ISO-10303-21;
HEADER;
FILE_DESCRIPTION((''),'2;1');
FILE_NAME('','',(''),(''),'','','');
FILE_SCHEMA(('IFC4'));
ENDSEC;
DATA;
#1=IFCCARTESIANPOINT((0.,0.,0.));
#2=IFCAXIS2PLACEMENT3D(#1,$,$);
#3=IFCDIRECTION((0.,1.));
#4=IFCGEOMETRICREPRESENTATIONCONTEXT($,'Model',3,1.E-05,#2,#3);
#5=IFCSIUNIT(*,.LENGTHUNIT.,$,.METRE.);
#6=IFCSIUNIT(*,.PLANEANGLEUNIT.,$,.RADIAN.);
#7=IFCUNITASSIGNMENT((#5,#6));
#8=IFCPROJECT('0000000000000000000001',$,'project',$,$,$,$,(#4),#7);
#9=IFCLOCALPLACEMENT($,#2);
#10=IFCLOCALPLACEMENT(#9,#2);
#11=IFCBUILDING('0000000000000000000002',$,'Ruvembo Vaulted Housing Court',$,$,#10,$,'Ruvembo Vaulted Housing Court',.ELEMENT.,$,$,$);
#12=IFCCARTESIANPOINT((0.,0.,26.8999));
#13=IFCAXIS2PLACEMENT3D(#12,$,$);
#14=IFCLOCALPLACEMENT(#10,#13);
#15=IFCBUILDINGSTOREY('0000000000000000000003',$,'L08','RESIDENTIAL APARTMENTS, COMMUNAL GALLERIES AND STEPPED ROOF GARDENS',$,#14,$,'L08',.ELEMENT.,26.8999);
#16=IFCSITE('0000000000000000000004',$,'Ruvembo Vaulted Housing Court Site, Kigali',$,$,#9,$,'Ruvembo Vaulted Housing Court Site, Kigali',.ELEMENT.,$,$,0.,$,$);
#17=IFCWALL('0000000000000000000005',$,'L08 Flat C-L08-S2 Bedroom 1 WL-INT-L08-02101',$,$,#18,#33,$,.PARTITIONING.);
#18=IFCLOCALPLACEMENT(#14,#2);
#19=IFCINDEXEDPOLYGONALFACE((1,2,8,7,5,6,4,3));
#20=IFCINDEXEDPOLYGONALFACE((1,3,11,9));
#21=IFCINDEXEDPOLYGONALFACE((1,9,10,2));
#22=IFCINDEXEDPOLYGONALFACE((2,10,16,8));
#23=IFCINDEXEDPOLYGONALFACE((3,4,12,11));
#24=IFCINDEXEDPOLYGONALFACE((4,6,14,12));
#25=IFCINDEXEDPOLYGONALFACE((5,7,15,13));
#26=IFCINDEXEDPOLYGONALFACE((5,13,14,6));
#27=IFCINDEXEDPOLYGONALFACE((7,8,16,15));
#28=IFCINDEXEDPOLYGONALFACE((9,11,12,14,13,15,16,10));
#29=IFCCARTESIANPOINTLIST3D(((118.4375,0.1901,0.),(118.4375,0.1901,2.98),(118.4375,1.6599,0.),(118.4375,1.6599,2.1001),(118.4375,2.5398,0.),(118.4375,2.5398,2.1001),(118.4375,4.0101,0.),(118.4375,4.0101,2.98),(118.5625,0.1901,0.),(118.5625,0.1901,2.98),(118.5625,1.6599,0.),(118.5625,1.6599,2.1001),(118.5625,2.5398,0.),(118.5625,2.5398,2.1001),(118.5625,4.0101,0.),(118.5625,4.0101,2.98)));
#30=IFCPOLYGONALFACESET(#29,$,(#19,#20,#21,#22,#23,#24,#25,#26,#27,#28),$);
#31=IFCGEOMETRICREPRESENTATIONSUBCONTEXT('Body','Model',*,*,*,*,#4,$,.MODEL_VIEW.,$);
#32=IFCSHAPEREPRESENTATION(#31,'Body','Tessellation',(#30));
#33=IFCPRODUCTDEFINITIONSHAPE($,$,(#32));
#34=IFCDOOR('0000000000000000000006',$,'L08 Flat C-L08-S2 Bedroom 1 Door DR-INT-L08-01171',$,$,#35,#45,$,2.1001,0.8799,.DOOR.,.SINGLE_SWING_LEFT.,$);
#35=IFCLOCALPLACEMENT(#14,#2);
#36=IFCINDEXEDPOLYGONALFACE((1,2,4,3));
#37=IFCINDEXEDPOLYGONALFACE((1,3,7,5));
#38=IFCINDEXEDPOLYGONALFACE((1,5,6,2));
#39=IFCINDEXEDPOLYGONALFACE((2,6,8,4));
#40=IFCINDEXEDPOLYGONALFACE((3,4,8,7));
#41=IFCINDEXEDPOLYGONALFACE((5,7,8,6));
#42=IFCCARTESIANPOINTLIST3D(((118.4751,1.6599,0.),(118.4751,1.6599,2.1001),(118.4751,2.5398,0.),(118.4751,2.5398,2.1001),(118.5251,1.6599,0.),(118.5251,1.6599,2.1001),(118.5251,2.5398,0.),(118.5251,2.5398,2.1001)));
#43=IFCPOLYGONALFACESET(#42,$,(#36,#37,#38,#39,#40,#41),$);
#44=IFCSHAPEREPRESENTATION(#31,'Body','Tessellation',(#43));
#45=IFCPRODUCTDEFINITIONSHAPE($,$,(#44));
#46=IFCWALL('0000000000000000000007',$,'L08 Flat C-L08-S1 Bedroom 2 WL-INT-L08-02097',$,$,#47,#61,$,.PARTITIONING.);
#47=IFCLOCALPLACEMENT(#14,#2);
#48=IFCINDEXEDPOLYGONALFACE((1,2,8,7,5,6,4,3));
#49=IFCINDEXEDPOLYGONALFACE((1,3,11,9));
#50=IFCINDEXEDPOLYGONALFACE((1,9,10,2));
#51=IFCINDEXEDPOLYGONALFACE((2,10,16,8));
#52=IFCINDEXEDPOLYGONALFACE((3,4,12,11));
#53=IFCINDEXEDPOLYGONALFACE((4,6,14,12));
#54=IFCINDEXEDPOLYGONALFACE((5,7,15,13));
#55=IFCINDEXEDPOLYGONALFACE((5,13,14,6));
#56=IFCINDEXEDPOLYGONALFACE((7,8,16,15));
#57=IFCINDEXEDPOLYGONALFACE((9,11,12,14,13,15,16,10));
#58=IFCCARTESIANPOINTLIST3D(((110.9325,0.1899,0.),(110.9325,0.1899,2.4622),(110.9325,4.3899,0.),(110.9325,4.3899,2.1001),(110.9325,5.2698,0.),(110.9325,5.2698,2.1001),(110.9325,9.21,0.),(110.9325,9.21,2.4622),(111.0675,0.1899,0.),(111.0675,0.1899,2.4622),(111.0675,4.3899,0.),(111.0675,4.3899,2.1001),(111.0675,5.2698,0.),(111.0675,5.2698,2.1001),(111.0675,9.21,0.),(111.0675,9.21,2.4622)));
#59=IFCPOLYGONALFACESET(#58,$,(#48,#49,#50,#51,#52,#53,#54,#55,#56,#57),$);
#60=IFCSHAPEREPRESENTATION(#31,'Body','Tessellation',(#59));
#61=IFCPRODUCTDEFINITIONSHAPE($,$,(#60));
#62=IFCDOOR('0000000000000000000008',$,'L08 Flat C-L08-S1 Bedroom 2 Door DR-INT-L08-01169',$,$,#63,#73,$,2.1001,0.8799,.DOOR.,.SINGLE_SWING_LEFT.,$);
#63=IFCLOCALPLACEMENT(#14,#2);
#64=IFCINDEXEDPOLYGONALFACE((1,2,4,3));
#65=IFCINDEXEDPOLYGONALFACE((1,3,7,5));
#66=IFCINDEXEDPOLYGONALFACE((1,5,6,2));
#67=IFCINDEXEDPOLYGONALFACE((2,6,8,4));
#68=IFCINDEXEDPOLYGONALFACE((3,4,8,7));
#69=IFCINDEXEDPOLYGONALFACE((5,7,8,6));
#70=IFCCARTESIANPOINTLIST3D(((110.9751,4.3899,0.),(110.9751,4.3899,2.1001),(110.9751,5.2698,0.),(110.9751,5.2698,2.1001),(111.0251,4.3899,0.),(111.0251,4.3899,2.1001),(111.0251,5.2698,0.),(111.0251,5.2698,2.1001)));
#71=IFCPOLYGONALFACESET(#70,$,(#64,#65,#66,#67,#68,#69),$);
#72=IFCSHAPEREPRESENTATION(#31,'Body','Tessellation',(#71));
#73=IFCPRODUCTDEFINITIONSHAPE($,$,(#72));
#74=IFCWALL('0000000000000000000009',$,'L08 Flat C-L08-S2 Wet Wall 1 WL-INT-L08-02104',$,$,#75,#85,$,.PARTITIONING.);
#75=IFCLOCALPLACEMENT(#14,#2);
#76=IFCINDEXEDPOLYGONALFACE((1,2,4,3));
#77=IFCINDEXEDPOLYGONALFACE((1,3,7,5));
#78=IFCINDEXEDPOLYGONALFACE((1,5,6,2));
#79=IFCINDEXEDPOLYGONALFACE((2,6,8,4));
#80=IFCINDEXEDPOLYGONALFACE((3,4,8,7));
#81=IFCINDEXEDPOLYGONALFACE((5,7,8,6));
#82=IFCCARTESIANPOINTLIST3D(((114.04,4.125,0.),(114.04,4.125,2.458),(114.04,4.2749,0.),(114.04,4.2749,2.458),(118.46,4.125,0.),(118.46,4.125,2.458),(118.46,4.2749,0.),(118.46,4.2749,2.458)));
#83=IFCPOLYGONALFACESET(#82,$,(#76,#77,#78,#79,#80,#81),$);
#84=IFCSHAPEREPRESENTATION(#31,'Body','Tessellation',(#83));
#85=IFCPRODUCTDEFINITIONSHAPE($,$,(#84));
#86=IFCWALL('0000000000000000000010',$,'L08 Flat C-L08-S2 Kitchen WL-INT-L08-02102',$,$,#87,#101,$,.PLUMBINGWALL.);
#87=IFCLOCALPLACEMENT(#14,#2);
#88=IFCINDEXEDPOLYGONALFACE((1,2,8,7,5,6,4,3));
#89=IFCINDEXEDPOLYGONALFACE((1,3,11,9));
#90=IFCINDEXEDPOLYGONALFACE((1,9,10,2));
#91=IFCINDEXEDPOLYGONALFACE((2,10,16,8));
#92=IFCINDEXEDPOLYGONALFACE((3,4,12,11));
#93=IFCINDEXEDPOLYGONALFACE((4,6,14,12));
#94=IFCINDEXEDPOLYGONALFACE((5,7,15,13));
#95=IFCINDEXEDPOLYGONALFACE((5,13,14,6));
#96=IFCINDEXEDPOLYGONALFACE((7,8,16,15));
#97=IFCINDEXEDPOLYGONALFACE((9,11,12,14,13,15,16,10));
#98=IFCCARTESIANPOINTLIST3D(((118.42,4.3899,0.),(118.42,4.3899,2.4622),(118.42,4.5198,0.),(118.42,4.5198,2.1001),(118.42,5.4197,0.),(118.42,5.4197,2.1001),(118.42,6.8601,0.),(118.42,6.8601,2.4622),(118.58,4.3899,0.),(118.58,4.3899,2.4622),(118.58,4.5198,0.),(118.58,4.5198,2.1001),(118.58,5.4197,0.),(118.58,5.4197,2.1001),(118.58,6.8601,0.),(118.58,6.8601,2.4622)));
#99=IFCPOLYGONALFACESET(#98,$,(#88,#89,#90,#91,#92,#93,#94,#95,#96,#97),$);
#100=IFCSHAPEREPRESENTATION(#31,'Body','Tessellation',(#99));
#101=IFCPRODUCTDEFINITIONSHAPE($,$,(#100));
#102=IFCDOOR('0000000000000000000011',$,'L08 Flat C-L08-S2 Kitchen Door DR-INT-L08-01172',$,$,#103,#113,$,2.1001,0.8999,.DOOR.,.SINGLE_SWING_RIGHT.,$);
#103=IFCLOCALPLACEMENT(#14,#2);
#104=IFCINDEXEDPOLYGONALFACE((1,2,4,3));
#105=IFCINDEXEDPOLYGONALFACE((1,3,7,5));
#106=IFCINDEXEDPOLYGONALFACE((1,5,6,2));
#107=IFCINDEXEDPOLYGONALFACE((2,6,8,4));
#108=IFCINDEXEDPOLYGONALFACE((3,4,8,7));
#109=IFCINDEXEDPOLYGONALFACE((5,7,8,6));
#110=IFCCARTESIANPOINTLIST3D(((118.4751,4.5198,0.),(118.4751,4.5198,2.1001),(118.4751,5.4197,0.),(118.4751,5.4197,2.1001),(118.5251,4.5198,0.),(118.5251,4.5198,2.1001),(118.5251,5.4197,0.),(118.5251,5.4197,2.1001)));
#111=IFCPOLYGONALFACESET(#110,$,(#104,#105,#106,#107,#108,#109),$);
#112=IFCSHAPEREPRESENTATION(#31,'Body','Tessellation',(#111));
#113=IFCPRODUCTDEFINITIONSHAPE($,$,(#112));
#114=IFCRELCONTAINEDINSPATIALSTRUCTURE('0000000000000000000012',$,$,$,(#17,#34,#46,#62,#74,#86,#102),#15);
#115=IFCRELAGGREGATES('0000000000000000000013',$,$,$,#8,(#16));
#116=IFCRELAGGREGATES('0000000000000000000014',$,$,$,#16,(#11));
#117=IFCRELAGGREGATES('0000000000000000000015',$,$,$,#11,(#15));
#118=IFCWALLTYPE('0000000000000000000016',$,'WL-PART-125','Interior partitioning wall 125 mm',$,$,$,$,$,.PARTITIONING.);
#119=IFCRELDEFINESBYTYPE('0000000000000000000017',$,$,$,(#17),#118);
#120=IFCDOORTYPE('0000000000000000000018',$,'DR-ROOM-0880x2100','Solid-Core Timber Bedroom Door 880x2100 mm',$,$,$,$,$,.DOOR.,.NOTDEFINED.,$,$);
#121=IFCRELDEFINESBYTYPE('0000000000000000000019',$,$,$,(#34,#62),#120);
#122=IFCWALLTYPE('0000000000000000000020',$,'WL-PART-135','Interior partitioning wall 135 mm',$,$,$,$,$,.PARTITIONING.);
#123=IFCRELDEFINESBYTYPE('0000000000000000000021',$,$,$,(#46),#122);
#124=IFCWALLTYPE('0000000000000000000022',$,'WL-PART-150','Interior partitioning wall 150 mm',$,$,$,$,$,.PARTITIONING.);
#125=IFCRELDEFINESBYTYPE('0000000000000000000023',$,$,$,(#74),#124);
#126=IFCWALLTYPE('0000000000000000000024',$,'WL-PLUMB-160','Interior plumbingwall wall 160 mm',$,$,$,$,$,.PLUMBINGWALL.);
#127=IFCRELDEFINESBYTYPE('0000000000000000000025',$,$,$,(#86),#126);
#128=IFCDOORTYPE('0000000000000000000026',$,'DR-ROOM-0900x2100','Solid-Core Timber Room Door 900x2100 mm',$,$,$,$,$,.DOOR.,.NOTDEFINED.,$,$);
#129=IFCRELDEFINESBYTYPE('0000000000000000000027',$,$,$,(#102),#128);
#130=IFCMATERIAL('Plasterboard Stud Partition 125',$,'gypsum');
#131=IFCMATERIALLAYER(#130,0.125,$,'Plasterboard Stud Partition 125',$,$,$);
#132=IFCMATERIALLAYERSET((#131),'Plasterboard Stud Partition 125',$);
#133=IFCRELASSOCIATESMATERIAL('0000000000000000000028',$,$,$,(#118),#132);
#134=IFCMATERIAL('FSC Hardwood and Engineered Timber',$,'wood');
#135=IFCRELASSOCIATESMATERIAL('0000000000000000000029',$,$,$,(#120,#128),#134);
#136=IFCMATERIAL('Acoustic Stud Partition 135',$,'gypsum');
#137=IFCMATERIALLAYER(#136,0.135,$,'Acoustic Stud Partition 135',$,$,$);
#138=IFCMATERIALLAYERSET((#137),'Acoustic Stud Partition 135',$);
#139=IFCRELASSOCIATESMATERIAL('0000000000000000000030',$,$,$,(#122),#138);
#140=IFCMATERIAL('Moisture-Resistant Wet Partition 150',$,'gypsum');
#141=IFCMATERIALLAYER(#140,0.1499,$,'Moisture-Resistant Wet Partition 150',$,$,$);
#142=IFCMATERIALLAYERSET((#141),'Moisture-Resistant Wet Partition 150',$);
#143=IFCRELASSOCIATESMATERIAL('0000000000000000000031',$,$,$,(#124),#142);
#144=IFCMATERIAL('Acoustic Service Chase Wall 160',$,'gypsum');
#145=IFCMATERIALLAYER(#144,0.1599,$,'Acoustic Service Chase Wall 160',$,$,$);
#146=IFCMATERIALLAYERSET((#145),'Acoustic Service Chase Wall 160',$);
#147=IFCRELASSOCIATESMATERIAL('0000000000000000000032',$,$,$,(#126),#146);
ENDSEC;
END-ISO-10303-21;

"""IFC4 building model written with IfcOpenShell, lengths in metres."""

from ifc_helpers import new_model, si_unit, direction, frame, frame_2d, origin, place, context, subcontext, project, spatial, rectangle, extrude, material, layer, layer_set, type_object, element, fill, save


model = new_model("IFC4")

# Units and contexts
model_context = context("Model", 3, precision=1e-05, world=origin(), true_north=direction((0.0, 1.0)))
body_context = subcontext(model_context, "Body", "Model", "MODEL_VIEW")
ifc_project = project(units=[si_unit("LENGTHUNIT", "METRE"), si_unit("PLANEANGLEUNIT", "RADIAN")], contexts=[model_context])

# Site, building, storey
site_placement = place(None, origin())
site = spatial("IfcSite", under=ifc_project, at=site_placement, Name="Ruvembo Vaulted Housing Court Site, Kigali", LongName="Ruvembo Vaulted Housing Court Site, Kigali", CompositionType="ELEMENT", RefElevation=0.0)
building_placement = place(site_placement, origin())
building = spatial("IfcBuilding", under=site, at=building_placement, Name="Ruvembo Vaulted Housing Court", LongName="Ruvembo Vaulted Housing Court", CompositionType="ELEMENT")
storey_placement = place(building_placement, frame((0.0, 0.0, 26.8999)))
storey = spatial("IfcBuildingStorey", under=building, at=storey_placement, Name="L08", Description="RESIDENTIAL APARTMENTS, COMMUNAL GALLERIES AND STEPPED ROOF GARDENS", LongName="L08", CompositionType="ELEMENT", Elevation=26.8999)

# Walls, openings, doors
ifc_material_1 = material(Name="Plasterboard Stud Partition 125", Category="gypsum")
ifc_layer_1 = layer(ifc_material_1, 0.125, Name="Plasterboard Stud Partition 125")
ifc_layer_set_1 = layer_set([ifc_layer_1], Name="Plasterboard Stud Partition 125")
wall_type_1 = type_object("IfcWallType", Name="WL-PART-125", Description="Interior partitioning wall 125 mm", PredefinedType="PARTITIONING", material=ifc_layer_set_1)
wall_1_placement = place(storey_placement, frame((118.5, 0.1899, 0.0), z_axis=(0.0, 0.0, 1.0), x_axis=(0.0, 1.0, 0.0)))
wall_1 = element("IfcWall", 1, at=wall_1_placement, inside=storey, type_object=wall_type_1, Name="L08 Flat C-L08-S2 Bedroom 1 WL-INT-L08-02101", PredefinedType="PARTITIONING", context=body_context, shape_type="SweptSolid", body=[
    extrude(rectangle(XDim=3.8201, YDim=0.125, at=frame_2d((1.9102, 0.0))), origin(), (0.0, 0.0, 1.0), 2.98),
])
opening_1_placement = place(wall_1_placement, frame((1.47, 0.0, 0.0)))
opening_1 = element("IfcOpeningElement", 2, at=opening_1_placement, cuts=wall_1, PredefinedType="OPENING", context=body_context, shape_type="SweptSolid", body=[
    extrude(rectangle(XDim=0.8799, YDim=2.1001, at=frame_2d((0.4399, 1.05))), frame((0.0, 0.0725, 0.0), z_axis=(0.0, -1.0, 0.0), x_axis=(1.0, 0.0, 0.0)), (0.0, 0.0, 1.0), 0.145),
])
ifc_material_2 = material(Name="FSC Hardwood and Engineered Timber", Category="wood")
door_type_1 = type_object("IfcDoorType", Name="DR-ROOM-0880x2100", Description="Solid-Core Timber Bedroom Door 880x2100 mm", OperationType="NOTDEFINED", PredefinedType="DOOR", material=ifc_material_2)
door_1_placement = place(opening_1_placement, origin())
door_1 = element("IfcDoor", 3, at=door_1_placement, inside=storey, type_object=door_type_1, Name="L08 Flat C-L08-S2 Bedroom 1 Door DR-INT-L08-01171", OperationType="SINGLE_SWING_LEFT", OverallHeight=2.1001, OverallWidth=0.8799, PredefinedType="DOOR", context=body_context, shape_type="SweptSolid", body=[
    extrude(rectangle(XDim=0.8799, YDim=2.1001, at=frame_2d((0.4399, 1.05))), frame((0.0, 0.0249, 0.0), z_axis=(0.0, -1.0, 0.0), x_axis=(1.0, 0.0, 0.0)), (0.0, 0.0, 1.0), 0.05),
])
fill(opening_1, door_1)
ifc_material_3 = material(Name="Acoustic Stud Partition 135", Category="gypsum")
ifc_layer_2 = layer(ifc_material_3, 0.135, Name="Acoustic Stud Partition 135")
ifc_layer_set_2 = layer_set([ifc_layer_2], Name="Acoustic Stud Partition 135")
wall_type_2 = type_object("IfcWallType", Name="WL-PART-135", Description="Interior partitioning wall 135 mm", PredefinedType="PARTITIONING", material=ifc_layer_set_2)
wall_2_placement = place(storey_placement, frame((111.0, 0.1899, 0.0), z_axis=(0.0, 0.0, 1.0), x_axis=(0.0, 1.0, 0.0)))
wall_2 = element("IfcWall", 4, at=wall_2_placement, inside=storey, type_object=wall_type_2, Name="L08 Flat C-L08-S1 Bedroom 2 WL-INT-L08-02097", PredefinedType="PARTITIONING", context=body_context, shape_type="SweptSolid", body=[
    extrude(rectangle(XDim=9.02, YDim=0.135, at=frame_2d((4.51, 0.0))), origin(), (0.0, 0.0, 1.0), 2.4622),
])
opening_2_placement = place(wall_2_placement, frame((4.2, 0.0, 0.0)))
opening_2 = element("IfcOpeningElement", 5, at=opening_2_placement, cuts=wall_2, PredefinedType="OPENING", context=body_context, shape_type="SweptSolid", body=[
    extrude(rectangle(XDim=0.8799, YDim=2.1001, at=frame_2d((0.4399, 1.05))), frame((0.0, 0.0774, 0.0), z_axis=(0.0, -1.0, 0.0), x_axis=(1.0, 0.0, 0.0)), (0.0, 0.0, 1.0), 0.155),
])
door_2_placement = place(opening_2_placement, origin())
door_2 = element("IfcDoor", 6, at=door_2_placement, inside=storey, type_object=door_type_1, Name="L08 Flat C-L08-S1 Bedroom 2 Door DR-INT-L08-01169", OperationType="SINGLE_SWING_LEFT", OverallHeight=2.1001, OverallWidth=0.8799, PredefinedType="DOOR", context=body_context, shape_type="SweptSolid", body=[
    extrude(rectangle(XDim=0.8799, YDim=2.1001, at=frame_2d((0.4399, 1.05))), frame((0.0, 0.0249, 0.0), z_axis=(0.0, -1.0, 0.0), x_axis=(1.0, 0.0, 0.0)), (0.0, 0.0, 1.0), 0.05),
])
fill(opening_2, door_2)

# Wall
ifc_material_4 = material(Name="Moisture-Resistant Wet Partition 150", Category="gypsum")
ifc_layer_3 = layer(ifc_material_4, 0.1499, Name="Moisture-Resistant Wet Partition 150")
ifc_layer_set_3 = layer_set([ifc_layer_3], Name="Moisture-Resistant Wet Partition 150")
wall_type_3 = type_object("IfcWallType", Name="WL-PART-150", Description="Interior partitioning wall 150 mm", PredefinedType="PARTITIONING", material=ifc_layer_set_3)
wall_3_placement = place(storey_placement, frame((114.04, 4.2, 0.0), z_axis=(0.0, 0.0, 1.0), x_axis=(1.0, 0.0, 0.0)))
element("IfcWall", 7, at=wall_3_placement, inside=storey, type_object=wall_type_3, Name="L08 Flat C-L08-S2 Wet Wall 1 WL-INT-L08-02104", PredefinedType="PARTITIONING", context=body_context, shape_type="SweptSolid", body=[
    extrude(rectangle(XDim=4.4199, YDim=0.1499, at=frame_2d((2.21, 0.0))), origin(), (0.0, 0.0, 1.0), 2.458),
])

# Wall, opening, door
ifc_material_5 = material(Name="Acoustic Service Chase Wall 160", Category="gypsum")
ifc_layer_4 = layer(ifc_material_5, 0.1599, Name="Acoustic Service Chase Wall 160")
ifc_layer_set_4 = layer_set([ifc_layer_4], Name="Acoustic Service Chase Wall 160")
wall_type_4 = type_object("IfcWallType", Name="WL-PLUMB-160", Description="Interior plumbingwall wall 160 mm", PredefinedType="PLUMBINGWALL", material=ifc_layer_set_4)
wall_4_placement = place(storey_placement, frame((118.5, 4.3899, 0.0), z_axis=(0.0, 0.0, 1.0), x_axis=(0.0, 1.0, 0.0)))
wall_4 = element("IfcWall", 8, at=wall_4_placement, inside=storey, type_object=wall_type_4, Name="L08 Flat C-L08-S2 Kitchen WL-INT-L08-02102", PredefinedType="PLUMBINGWALL", context=body_context, shape_type="SweptSolid", body=[
    extrude(rectangle(XDim=2.4702, YDim=0.1599, at=frame_2d((1.2351, 0.0))), origin(), (0.0, 0.0, 1.0), 2.4622),
])
opening_3_placement = place(wall_4_placement, frame((0.1299, 0.0, 0.0)))
opening_3 = element("IfcOpeningElement", 9, at=opening_3_placement, cuts=wall_4, PredefinedType="OPENING", context=body_context, shape_type="SweptSolid", body=[
    extrude(rectangle(XDim=0.8999, YDim=2.1001, at=frame_2d((0.45, 1.05))), frame((0.0, 0.0898, 0.0), z_axis=(0.0, -1.0, 0.0), x_axis=(1.0, 0.0, 0.0)), (0.0, 0.0, 1.0), 0.1799),
])
door_type_2 = type_object("IfcDoorType", Name="DR-ROOM-0900x2100", Description="Solid-Core Timber Room Door 900x2100 mm", OperationType="NOTDEFINED", PredefinedType="DOOR", material=ifc_material_2)
door_3_placement = place(opening_3_placement, origin())
door_3 = element("IfcDoor", 10, at=door_3_placement, inside=storey, type_object=door_type_2, Name="L08 Flat C-L08-S2 Kitchen Door DR-INT-L08-01172", OperationType="SINGLE_SWING_RIGHT", OverallHeight=2.1001, OverallWidth=0.8999, PredefinedType="DOOR", context=body_context, shape_type="SweptSolid", body=[
    extrude(rectangle(XDim=0.8999, YDim=2.1001, at=frame_2d((0.45, 1.05))), frame((0.0, 0.0249, 0.0), z_axis=(0.0, -1.0, 0.0), x_axis=(1.0, 0.0, 0.0)), (0.0, 0.0, 1.0), 0.05),
])
fill(opening_3, door_3)

save(model, "model.ifc")
